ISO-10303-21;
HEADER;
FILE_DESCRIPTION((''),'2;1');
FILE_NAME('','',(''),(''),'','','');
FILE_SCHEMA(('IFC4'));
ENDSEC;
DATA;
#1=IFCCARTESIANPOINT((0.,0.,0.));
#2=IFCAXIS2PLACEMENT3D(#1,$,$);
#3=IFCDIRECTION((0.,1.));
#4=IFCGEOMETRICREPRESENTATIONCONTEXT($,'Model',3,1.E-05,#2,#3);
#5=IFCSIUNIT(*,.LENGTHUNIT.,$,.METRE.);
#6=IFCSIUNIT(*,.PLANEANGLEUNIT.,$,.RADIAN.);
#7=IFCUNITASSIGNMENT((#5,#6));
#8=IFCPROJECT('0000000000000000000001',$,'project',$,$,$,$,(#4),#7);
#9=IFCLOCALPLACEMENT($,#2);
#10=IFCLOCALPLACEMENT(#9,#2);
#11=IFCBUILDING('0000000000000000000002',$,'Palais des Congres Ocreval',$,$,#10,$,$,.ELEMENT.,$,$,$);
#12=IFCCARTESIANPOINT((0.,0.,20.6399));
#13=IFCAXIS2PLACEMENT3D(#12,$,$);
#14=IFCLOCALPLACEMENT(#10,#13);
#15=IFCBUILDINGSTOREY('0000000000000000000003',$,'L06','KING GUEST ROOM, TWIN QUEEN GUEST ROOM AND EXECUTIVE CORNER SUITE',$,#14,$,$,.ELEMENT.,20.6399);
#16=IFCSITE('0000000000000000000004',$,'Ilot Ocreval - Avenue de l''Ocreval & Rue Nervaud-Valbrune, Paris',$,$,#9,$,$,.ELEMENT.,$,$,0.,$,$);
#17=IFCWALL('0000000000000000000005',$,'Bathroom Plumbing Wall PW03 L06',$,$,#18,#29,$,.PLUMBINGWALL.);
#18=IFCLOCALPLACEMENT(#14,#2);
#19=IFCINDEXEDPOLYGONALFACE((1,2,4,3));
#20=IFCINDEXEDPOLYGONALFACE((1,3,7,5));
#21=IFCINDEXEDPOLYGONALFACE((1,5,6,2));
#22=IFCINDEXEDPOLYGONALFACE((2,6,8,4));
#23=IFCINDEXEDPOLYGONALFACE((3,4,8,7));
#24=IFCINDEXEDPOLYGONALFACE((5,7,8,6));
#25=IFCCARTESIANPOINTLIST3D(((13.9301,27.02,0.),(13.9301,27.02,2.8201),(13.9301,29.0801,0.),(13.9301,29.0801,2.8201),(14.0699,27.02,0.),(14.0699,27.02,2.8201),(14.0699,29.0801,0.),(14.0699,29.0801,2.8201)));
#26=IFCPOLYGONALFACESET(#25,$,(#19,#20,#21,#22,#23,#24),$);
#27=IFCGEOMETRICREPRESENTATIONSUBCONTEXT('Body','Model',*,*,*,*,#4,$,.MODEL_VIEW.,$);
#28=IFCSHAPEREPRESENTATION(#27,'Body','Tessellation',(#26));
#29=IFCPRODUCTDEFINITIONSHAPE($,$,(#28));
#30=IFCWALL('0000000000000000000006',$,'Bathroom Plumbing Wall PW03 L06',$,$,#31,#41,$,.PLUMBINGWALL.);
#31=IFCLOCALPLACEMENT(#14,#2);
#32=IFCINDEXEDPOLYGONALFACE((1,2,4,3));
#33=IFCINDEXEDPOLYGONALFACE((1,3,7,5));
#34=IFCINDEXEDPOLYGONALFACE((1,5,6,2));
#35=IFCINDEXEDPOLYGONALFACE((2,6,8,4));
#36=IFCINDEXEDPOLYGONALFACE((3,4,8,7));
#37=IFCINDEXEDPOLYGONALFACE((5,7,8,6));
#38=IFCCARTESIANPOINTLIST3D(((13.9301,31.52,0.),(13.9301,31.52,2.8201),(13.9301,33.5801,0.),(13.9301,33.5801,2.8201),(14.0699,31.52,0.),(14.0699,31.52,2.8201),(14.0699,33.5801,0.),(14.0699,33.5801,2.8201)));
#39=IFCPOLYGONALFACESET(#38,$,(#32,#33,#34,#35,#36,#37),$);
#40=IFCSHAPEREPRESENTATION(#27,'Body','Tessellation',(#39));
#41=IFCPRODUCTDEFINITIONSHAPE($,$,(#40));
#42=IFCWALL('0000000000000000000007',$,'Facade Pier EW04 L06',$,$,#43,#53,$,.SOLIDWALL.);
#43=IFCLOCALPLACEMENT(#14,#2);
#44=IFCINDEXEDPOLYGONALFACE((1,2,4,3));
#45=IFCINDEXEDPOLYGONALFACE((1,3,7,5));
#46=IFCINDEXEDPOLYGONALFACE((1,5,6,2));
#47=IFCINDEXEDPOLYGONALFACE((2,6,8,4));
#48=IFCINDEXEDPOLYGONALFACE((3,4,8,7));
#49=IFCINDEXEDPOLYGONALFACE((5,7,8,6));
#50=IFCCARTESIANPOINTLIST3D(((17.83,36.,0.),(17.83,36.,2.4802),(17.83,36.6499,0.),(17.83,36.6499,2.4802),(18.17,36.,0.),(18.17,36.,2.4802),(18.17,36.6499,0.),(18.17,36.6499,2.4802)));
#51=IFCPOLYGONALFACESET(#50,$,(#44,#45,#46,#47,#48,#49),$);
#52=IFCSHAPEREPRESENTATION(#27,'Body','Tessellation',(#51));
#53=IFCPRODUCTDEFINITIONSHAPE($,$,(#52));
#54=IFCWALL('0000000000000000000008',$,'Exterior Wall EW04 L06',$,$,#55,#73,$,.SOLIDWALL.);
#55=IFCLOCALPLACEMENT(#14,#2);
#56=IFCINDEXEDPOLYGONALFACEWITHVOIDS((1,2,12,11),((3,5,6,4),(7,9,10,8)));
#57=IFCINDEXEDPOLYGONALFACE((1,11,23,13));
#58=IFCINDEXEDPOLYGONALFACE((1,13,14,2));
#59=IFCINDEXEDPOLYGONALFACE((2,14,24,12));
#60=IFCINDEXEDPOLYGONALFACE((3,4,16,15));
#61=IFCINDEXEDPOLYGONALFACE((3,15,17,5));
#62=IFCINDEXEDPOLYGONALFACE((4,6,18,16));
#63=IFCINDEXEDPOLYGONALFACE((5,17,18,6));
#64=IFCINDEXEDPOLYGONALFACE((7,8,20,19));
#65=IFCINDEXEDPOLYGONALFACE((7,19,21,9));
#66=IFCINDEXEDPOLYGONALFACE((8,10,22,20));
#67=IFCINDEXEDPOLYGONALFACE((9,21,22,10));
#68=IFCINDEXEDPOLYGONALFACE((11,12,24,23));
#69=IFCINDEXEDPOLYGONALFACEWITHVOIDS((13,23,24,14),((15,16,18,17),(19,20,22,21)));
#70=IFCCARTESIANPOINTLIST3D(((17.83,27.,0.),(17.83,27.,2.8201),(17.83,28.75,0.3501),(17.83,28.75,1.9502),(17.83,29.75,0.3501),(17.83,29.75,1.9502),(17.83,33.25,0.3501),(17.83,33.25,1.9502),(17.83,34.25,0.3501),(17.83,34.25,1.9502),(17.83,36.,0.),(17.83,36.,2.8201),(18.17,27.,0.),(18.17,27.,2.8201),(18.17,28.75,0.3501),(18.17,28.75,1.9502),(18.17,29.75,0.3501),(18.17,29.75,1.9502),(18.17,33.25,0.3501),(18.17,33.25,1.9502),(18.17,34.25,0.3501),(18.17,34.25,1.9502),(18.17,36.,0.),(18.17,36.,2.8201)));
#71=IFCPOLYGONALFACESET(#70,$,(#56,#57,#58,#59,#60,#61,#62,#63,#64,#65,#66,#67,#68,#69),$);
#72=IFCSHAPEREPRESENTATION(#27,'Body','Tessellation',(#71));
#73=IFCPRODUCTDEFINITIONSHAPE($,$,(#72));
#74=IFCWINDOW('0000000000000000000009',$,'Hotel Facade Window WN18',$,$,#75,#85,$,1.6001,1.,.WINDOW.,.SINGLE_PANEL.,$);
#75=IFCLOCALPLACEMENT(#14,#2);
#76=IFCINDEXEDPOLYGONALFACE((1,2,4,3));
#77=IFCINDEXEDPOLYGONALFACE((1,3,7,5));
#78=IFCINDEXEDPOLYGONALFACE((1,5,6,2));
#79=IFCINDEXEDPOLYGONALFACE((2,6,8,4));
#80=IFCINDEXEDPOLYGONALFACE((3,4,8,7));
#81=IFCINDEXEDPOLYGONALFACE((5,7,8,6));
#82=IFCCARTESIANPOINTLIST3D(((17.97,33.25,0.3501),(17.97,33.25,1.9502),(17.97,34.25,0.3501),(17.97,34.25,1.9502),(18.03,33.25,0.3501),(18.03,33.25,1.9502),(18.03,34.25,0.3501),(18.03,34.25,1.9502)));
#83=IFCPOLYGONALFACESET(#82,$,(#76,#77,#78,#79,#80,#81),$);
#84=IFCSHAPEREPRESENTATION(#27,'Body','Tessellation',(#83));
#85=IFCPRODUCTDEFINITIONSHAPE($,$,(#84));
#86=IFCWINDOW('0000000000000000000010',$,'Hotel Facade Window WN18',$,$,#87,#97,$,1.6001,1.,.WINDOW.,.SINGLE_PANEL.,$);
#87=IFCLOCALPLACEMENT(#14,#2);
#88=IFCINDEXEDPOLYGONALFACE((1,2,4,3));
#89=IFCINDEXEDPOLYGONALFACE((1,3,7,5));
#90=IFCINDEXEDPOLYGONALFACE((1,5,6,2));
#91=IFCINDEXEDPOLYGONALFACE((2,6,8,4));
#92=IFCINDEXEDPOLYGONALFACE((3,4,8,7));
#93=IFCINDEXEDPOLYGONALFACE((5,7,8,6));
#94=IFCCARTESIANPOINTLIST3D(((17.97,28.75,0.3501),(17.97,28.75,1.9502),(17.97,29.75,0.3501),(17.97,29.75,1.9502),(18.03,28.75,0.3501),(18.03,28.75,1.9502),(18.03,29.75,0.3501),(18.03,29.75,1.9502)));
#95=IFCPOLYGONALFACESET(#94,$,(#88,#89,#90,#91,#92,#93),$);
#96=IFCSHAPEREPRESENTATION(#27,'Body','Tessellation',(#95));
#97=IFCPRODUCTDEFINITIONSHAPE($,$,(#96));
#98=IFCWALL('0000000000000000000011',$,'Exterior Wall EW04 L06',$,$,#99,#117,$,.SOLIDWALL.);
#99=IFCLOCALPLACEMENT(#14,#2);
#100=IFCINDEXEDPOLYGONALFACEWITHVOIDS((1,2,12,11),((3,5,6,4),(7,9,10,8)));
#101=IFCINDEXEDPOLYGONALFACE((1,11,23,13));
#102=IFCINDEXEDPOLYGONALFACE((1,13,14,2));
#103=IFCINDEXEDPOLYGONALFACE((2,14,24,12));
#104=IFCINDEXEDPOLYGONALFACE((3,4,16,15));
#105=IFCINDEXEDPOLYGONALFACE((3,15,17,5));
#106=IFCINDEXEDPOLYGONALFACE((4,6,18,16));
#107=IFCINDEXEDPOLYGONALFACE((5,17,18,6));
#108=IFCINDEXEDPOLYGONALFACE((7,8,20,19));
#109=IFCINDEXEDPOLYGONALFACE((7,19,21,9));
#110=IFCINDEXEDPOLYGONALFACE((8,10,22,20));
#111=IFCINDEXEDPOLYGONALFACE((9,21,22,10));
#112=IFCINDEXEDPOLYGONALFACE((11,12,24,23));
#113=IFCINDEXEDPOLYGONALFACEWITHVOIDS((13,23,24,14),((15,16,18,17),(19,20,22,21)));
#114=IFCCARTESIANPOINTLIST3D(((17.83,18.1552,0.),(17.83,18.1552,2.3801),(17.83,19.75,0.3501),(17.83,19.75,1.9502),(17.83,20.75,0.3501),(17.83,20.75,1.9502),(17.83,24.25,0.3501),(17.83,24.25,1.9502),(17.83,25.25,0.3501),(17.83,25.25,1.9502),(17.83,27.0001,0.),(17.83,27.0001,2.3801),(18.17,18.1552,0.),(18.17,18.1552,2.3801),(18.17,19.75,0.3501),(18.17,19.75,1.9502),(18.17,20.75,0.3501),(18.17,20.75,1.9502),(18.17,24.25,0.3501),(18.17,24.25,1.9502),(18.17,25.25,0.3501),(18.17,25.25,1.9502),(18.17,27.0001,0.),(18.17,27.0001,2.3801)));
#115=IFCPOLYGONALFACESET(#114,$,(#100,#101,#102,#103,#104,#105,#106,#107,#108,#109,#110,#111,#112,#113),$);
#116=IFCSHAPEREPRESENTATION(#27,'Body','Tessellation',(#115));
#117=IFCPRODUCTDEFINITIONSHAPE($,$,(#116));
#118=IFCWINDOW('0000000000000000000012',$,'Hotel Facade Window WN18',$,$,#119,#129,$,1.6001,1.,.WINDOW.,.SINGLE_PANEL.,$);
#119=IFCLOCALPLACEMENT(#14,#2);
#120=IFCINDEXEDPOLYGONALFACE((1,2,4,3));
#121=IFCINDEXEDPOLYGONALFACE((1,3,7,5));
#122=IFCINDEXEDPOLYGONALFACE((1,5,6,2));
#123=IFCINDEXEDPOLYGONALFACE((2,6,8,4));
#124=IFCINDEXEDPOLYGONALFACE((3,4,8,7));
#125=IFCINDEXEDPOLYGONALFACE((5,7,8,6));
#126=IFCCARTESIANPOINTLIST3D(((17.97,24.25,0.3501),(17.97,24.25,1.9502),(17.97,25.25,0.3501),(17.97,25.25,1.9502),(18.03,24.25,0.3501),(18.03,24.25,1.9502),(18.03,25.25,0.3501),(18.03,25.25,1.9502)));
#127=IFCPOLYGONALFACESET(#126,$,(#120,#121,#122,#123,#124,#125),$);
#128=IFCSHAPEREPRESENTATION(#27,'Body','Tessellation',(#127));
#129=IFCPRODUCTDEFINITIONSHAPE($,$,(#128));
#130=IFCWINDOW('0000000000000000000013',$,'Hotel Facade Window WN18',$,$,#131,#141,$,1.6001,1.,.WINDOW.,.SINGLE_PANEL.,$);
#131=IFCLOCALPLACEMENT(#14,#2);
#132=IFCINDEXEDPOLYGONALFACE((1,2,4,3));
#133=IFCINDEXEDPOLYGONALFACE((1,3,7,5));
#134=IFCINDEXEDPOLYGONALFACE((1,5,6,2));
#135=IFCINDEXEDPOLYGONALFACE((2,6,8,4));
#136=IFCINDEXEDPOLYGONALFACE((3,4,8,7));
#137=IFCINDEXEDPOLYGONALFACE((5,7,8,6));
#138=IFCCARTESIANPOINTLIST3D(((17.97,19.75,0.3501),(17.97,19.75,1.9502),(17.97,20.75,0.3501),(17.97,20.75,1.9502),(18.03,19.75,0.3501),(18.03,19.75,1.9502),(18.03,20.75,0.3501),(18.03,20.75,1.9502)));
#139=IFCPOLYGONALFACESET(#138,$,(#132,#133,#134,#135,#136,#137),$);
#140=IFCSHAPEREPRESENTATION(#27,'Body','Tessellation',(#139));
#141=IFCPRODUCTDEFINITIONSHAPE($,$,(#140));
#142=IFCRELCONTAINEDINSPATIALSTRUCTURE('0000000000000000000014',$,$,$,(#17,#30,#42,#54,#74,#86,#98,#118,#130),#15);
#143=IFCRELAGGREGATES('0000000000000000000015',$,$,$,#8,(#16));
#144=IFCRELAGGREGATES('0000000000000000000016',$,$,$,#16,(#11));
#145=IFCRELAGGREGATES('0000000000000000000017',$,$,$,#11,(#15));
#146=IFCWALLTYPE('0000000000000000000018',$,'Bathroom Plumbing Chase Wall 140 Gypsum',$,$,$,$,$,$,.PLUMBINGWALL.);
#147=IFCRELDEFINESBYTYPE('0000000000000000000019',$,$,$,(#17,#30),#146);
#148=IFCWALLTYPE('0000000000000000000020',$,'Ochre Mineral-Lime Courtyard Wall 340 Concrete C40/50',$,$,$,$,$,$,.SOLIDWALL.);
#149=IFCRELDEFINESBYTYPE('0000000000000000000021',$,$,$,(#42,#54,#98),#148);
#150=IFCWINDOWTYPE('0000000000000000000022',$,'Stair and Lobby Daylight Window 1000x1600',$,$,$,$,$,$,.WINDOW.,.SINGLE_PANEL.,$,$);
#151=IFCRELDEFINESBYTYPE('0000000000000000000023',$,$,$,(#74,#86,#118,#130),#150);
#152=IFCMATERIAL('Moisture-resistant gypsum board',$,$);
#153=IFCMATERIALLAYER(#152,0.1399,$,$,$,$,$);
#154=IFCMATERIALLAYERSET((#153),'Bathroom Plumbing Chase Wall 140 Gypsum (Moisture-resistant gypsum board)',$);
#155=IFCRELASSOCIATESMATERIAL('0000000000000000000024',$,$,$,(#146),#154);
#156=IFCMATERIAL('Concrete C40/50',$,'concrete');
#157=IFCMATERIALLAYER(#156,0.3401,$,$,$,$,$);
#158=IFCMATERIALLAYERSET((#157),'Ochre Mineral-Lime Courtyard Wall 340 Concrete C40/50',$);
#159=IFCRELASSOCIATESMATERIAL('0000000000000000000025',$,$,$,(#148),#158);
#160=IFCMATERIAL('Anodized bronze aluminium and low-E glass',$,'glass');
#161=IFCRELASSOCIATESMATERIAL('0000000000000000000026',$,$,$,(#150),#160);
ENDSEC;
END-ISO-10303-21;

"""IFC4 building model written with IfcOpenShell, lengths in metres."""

from ifc_helpers import new_model, si_unit, direction, frame, frame_2d, origin, place, context, subcontext, project, spatial, rectangle, extrude, material, layer, layer_set, type_object, element, fill, save


model = new_model("IFC4")

# Units and contexts
model_context = context("Model", 3, precision=1e-05, world=origin(), true_north=direction((0.0, 1.0)))
body_context = subcontext(model_context, "Body", "Model", "MODEL_VIEW")
ifc_project = project(units=[si_unit("LENGTHUNIT", "METRE"), si_unit("PLANEANGLEUNIT", "RADIAN")], contexts=[model_context])

# Site, building, storey
site_placement = place(None, origin())
site = spatial("IfcSite", under=ifc_project, at=site_placement, Name="Ilot Ocreval - Avenue de l'Ocreval & Rue Nervaud-Valbrune, Paris", CompositionType="ELEMENT", RefElevation=0.0)
building_placement = place(site_placement, origin())
building = spatial("IfcBuilding", under=site, at=building_placement, Name="Palais des Congres Ocreval", CompositionType="ELEMENT")
storey_placement = place(building_placement, frame((0.0, 0.0, 20.6399)))
storey = spatial("IfcBuildingStorey", under=building, at=storey_placement, Name="L06", Description="KING GUEST ROOM, TWIN QUEEN GUEST ROOM AND EXECUTIVE CORNER SUITE", CompositionType="ELEMENT", Elevation=20.6399)

# Shared definitions
ifc_material_1 = material(Name="Concrete C40/50", Category="concrete")

# Shared definitions
ifc_material_2 = material(Name="Anodized bronze aluminium and low-E glass", Category="glass")

# Walls
ifc_material_3 = material(Name="Moisture-resistant gypsum board")
ifc_layer_1 = layer(ifc_material_3, 0.1399)
ifc_layer_set_1 = layer_set([ifc_layer_1], Name="Bathroom Plumbing Chase Wall 140 Gypsum (Moisture-resistant gypsum board)")
wall_type_1 = type_object("IfcWallType", Name="Bathroom Plumbing Chase Wall 140 Gypsum", PredefinedType="PLUMBINGWALL", material=ifc_layer_set_1)
for number, where, z_axis, x_axis, name in (
    (1, (14.0, 27.02, 0.0), (0.0, 0.0, 1.0), (0.0, 1.0, 0.0), "Bathroom Plumbing Wall PW03 L06"),
    (2, (14.0, 31.52, 0.0), (0.0, 0.0, 1.0), (0.0, 1.0, 0.0), "Bathroom Plumbing Wall PW03 L06"),
):
    element("IfcWall", number, at=place(storey_placement, frame(where, z_axis=z_axis, x_axis=x_axis)), inside=storey, type_object=wall_type_1, Name=name, PredefinedType="PLUMBINGWALL", context=body_context, shape_type="SweptSolid", body=[
        extrude(rectangle(XDim=2.0601, YDim=0.1399, at=frame_2d((1.03, 0.0))), origin(), (0.0, 0.0, 1.0), 2.8201),
    ])
ifc_layer_2 = layer(ifc_material_1, 0.3401)
ifc_layer_set_2 = layer_set([ifc_layer_2], Name="Ochre Mineral-Lime Courtyard Wall 340 Concrete C40/50")
wall_type_2 = type_object("IfcWallType", Name="Ochre Mineral-Lime Courtyard Wall 340 Concrete C40/50", PredefinedType="SOLIDWALL", material=ifc_layer_set_2)
wall_1_placement = place(storey_placement, frame((18.0, 36.6499, 0.0), z_axis=(0.0, 0.0, 1.0), x_axis=(0.0, -1.0, 0.0)))
element("IfcWall", 3, at=wall_1_placement, inside=storey, type_object=wall_type_2, Name="Facade Pier EW04 L06", PredefinedType="SOLIDWALL", context=body_context, shape_type="SweptSolid", body=[
    extrude(rectangle(XDim=0.6499, YDim=0.3401, at=frame_2d((0.325, 0.0))), origin(), (0.0, 0.0, 1.0), 2.4802),
])

# Walls, openings, windows
wall_2_placement = place(storey_placement, frame((18.0, 36.0, 0.0), z_axis=(0.0, 0.0, 1.0), x_axis=(0.0, -1.0, 0.0)))
wall_2 = element("IfcWall", 4, at=wall_2_placement, inside=storey, type_object=wall_type_2, Name="Exterior Wall EW04 L06", PredefinedType="SOLIDWALL", context=body_context, shape_type="SweptSolid", body=[
    extrude(rectangle(XDim=9.0, YDim=0.3401, at=frame_2d((4.5, 0.0))), origin(), (0.0, 0.0, 1.0), 2.8201),
])
opening_1_placement = place(wall_2_placement, frame((1.75, 0.0, 0.3501)))
opening_1 = element("IfcOpeningElement", 5, at=opening_1_placement, cuts=wall_2, PredefinedType="OPENING", context=body_context, shape_type="SweptSolid", body=[
    extrude(rectangle(XDim=1.0, YDim=1.6001, at=frame_2d((0.5, 0.8))), frame((0.0, 0.1799, 0.0), z_axis=(0.0, -1.0, 0.0), x_axis=(1.0, 0.0, 0.0)), (0.0, 0.0, 1.0), 0.3601),
])
opening_2_placement = place(wall_2_placement, frame((6.25, 0.0, 0.3501)))
opening_2 = element("IfcOpeningElement", 6, at=opening_2_placement, cuts=wall_2, PredefinedType="OPENING", context=body_context, shape_type="SweptSolid", body=[
    extrude(rectangle(XDim=1.0, YDim=1.6001, at=frame_2d((0.5, 0.8))), frame((0.0, 0.1799, 0.0), z_axis=(0.0, -1.0, 0.0), x_axis=(1.0, 0.0, 0.0)), (0.0, 0.0, 1.0), 0.3601),
])
window_type = type_object("IfcWindowType", Name="Stair and Lobby Daylight Window 1000x1600", PartitioningType="SINGLE_PANEL", PredefinedType="WINDOW", material=ifc_material_2)
window_1_placement = place(opening_1_placement, origin())
window_1 = element("IfcWindow", 7, at=window_1_placement, inside=storey, type_object=window_type, Name="Hotel Facade Window WN18", OverallHeight=1.6001, OverallWidth=1.0, PartitioningType="SINGLE_PANEL", PredefinedType="WINDOW", context=body_context, shape_type="SweptSolid", body=[
    extrude(rectangle(XDim=1.0, YDim=1.6001, at=frame_2d((0.5, 0.8))), frame((0.0, 0.03, 0.0), z_axis=(0.0, -1.0, 0.0), x_axis=(1.0, 0.0, 0.0)), (0.0, 0.0, 1.0), 0.0601),
])
fill(opening_1, window_1)
window_2_placement = place(opening_2_placement, origin())
window_2 = element("IfcWindow", 8, at=window_2_placement, inside=storey, type_object=window_type, Name="Hotel Facade Window WN18", OverallHeight=1.6001, OverallWidth=1.0, PartitioningType="SINGLE_PANEL", PredefinedType="WINDOW", context=body_context, shape_type="SweptSolid", body=[
    extrude(rectangle(XDim=1.0, YDim=1.6001, at=frame_2d((0.5, 0.8))), frame((0.0, 0.03, 0.0), z_axis=(0.0, -1.0, 0.0), x_axis=(1.0, 0.0, 0.0)), (0.0, 0.0, 1.0), 0.0601),
])
fill(opening_2, window_2)
wall_3_placement = place(storey_placement, frame((18.0, 27.0, 0.0), z_axis=(0.0, 0.0, 1.0), x_axis=(0.0, -1.0, 0.0)))
wall_3 = element("IfcWall", 9, at=wall_3_placement, inside=storey, type_object=wall_type_2, Name="Exterior Wall EW04 L06", PredefinedType="SOLIDWALL", context=body_context, shape_type="SweptSolid", body=[
    extrude(rectangle(XDim=8.845, YDim=0.3401, at=frame_2d((4.4224, 0.0))), origin(), (0.0, 0.0, 1.0), 2.3801),
])
opening_3_placement = place(wall_3_placement, frame((1.75, 0.0, 0.3501)))
opening_3 = element("IfcOpeningElement", 10, at=opening_3_placement, cuts=wall_3, PredefinedType="OPENING", context=body_context, shape_type="SweptSolid", body=[
    extrude(rectangle(XDim=1.0, YDim=1.6001, at=frame_2d((0.5, 0.8))), frame((0.0, 0.1799, 0.0), z_axis=(0.0, -1.0, 0.0), x_axis=(1.0, 0.0, 0.0)), (0.0, 0.0, 1.0), 0.3601),
])
opening_4_placement = place(wall_3_placement, frame((6.25, 0.0, 0.3501)))
opening_4 = element("IfcOpeningElement", 11, at=opening_4_placement, cuts=wall_3, PredefinedType="OPENING", context=body_context, shape_type="SweptSolid", body=[
    extrude(rectangle(XDim=1.0, YDim=1.6001, at=frame_2d((0.5, 0.8))), frame((0.0, 0.1799, 0.0), z_axis=(0.0, -1.0, 0.0), x_axis=(1.0, 0.0, 0.0)), (0.0, 0.0, 1.0), 0.3601),
])
window_3_placement = place(opening_3_placement, origin())
window_3 = element("IfcWindow", 12, at=window_3_placement, inside=storey, type_object=window_type, Name="Hotel Facade Window WN18", OverallHeight=1.6001, OverallWidth=1.0, PartitioningType="SINGLE_PANEL", PredefinedType="WINDOW", context=body_context, shape_type="SweptSolid", body=[
    extrude(rectangle(XDim=1.0, YDim=1.6001, at=frame_2d((0.5, 0.8))), frame((0.0, 0.03, 0.0), z_axis=(0.0, -1.0, 0.0), x_axis=(1.0, 0.0, 0.0)), (0.0, 0.0, 1.0), 0.0601),
])
fill(opening_3, window_3)
window_4_placement = place(opening_4_placement, origin())
window_4 = element("IfcWindow", 13, at=window_4_placement, inside=storey, type_object=window_type, Name="Hotel Facade Window WN18", OverallHeight=1.6001, OverallWidth=1.0, PartitioningType="SINGLE_PANEL", PredefinedType="WINDOW", context=body_context, shape_type="SweptSolid", body=[
    extrude(rectangle(XDim=1.0, YDim=1.6001, at=frame_2d((0.5, 0.8))), frame((0.0, 0.03, 0.0), z_axis=(0.0, -1.0, 0.0), x_axis=(1.0, 0.0, 0.0)), (0.0, 0.0, 1.0), 0.0601),
])
fill(opening_4, window_4)

save(model, "model.ifc")
